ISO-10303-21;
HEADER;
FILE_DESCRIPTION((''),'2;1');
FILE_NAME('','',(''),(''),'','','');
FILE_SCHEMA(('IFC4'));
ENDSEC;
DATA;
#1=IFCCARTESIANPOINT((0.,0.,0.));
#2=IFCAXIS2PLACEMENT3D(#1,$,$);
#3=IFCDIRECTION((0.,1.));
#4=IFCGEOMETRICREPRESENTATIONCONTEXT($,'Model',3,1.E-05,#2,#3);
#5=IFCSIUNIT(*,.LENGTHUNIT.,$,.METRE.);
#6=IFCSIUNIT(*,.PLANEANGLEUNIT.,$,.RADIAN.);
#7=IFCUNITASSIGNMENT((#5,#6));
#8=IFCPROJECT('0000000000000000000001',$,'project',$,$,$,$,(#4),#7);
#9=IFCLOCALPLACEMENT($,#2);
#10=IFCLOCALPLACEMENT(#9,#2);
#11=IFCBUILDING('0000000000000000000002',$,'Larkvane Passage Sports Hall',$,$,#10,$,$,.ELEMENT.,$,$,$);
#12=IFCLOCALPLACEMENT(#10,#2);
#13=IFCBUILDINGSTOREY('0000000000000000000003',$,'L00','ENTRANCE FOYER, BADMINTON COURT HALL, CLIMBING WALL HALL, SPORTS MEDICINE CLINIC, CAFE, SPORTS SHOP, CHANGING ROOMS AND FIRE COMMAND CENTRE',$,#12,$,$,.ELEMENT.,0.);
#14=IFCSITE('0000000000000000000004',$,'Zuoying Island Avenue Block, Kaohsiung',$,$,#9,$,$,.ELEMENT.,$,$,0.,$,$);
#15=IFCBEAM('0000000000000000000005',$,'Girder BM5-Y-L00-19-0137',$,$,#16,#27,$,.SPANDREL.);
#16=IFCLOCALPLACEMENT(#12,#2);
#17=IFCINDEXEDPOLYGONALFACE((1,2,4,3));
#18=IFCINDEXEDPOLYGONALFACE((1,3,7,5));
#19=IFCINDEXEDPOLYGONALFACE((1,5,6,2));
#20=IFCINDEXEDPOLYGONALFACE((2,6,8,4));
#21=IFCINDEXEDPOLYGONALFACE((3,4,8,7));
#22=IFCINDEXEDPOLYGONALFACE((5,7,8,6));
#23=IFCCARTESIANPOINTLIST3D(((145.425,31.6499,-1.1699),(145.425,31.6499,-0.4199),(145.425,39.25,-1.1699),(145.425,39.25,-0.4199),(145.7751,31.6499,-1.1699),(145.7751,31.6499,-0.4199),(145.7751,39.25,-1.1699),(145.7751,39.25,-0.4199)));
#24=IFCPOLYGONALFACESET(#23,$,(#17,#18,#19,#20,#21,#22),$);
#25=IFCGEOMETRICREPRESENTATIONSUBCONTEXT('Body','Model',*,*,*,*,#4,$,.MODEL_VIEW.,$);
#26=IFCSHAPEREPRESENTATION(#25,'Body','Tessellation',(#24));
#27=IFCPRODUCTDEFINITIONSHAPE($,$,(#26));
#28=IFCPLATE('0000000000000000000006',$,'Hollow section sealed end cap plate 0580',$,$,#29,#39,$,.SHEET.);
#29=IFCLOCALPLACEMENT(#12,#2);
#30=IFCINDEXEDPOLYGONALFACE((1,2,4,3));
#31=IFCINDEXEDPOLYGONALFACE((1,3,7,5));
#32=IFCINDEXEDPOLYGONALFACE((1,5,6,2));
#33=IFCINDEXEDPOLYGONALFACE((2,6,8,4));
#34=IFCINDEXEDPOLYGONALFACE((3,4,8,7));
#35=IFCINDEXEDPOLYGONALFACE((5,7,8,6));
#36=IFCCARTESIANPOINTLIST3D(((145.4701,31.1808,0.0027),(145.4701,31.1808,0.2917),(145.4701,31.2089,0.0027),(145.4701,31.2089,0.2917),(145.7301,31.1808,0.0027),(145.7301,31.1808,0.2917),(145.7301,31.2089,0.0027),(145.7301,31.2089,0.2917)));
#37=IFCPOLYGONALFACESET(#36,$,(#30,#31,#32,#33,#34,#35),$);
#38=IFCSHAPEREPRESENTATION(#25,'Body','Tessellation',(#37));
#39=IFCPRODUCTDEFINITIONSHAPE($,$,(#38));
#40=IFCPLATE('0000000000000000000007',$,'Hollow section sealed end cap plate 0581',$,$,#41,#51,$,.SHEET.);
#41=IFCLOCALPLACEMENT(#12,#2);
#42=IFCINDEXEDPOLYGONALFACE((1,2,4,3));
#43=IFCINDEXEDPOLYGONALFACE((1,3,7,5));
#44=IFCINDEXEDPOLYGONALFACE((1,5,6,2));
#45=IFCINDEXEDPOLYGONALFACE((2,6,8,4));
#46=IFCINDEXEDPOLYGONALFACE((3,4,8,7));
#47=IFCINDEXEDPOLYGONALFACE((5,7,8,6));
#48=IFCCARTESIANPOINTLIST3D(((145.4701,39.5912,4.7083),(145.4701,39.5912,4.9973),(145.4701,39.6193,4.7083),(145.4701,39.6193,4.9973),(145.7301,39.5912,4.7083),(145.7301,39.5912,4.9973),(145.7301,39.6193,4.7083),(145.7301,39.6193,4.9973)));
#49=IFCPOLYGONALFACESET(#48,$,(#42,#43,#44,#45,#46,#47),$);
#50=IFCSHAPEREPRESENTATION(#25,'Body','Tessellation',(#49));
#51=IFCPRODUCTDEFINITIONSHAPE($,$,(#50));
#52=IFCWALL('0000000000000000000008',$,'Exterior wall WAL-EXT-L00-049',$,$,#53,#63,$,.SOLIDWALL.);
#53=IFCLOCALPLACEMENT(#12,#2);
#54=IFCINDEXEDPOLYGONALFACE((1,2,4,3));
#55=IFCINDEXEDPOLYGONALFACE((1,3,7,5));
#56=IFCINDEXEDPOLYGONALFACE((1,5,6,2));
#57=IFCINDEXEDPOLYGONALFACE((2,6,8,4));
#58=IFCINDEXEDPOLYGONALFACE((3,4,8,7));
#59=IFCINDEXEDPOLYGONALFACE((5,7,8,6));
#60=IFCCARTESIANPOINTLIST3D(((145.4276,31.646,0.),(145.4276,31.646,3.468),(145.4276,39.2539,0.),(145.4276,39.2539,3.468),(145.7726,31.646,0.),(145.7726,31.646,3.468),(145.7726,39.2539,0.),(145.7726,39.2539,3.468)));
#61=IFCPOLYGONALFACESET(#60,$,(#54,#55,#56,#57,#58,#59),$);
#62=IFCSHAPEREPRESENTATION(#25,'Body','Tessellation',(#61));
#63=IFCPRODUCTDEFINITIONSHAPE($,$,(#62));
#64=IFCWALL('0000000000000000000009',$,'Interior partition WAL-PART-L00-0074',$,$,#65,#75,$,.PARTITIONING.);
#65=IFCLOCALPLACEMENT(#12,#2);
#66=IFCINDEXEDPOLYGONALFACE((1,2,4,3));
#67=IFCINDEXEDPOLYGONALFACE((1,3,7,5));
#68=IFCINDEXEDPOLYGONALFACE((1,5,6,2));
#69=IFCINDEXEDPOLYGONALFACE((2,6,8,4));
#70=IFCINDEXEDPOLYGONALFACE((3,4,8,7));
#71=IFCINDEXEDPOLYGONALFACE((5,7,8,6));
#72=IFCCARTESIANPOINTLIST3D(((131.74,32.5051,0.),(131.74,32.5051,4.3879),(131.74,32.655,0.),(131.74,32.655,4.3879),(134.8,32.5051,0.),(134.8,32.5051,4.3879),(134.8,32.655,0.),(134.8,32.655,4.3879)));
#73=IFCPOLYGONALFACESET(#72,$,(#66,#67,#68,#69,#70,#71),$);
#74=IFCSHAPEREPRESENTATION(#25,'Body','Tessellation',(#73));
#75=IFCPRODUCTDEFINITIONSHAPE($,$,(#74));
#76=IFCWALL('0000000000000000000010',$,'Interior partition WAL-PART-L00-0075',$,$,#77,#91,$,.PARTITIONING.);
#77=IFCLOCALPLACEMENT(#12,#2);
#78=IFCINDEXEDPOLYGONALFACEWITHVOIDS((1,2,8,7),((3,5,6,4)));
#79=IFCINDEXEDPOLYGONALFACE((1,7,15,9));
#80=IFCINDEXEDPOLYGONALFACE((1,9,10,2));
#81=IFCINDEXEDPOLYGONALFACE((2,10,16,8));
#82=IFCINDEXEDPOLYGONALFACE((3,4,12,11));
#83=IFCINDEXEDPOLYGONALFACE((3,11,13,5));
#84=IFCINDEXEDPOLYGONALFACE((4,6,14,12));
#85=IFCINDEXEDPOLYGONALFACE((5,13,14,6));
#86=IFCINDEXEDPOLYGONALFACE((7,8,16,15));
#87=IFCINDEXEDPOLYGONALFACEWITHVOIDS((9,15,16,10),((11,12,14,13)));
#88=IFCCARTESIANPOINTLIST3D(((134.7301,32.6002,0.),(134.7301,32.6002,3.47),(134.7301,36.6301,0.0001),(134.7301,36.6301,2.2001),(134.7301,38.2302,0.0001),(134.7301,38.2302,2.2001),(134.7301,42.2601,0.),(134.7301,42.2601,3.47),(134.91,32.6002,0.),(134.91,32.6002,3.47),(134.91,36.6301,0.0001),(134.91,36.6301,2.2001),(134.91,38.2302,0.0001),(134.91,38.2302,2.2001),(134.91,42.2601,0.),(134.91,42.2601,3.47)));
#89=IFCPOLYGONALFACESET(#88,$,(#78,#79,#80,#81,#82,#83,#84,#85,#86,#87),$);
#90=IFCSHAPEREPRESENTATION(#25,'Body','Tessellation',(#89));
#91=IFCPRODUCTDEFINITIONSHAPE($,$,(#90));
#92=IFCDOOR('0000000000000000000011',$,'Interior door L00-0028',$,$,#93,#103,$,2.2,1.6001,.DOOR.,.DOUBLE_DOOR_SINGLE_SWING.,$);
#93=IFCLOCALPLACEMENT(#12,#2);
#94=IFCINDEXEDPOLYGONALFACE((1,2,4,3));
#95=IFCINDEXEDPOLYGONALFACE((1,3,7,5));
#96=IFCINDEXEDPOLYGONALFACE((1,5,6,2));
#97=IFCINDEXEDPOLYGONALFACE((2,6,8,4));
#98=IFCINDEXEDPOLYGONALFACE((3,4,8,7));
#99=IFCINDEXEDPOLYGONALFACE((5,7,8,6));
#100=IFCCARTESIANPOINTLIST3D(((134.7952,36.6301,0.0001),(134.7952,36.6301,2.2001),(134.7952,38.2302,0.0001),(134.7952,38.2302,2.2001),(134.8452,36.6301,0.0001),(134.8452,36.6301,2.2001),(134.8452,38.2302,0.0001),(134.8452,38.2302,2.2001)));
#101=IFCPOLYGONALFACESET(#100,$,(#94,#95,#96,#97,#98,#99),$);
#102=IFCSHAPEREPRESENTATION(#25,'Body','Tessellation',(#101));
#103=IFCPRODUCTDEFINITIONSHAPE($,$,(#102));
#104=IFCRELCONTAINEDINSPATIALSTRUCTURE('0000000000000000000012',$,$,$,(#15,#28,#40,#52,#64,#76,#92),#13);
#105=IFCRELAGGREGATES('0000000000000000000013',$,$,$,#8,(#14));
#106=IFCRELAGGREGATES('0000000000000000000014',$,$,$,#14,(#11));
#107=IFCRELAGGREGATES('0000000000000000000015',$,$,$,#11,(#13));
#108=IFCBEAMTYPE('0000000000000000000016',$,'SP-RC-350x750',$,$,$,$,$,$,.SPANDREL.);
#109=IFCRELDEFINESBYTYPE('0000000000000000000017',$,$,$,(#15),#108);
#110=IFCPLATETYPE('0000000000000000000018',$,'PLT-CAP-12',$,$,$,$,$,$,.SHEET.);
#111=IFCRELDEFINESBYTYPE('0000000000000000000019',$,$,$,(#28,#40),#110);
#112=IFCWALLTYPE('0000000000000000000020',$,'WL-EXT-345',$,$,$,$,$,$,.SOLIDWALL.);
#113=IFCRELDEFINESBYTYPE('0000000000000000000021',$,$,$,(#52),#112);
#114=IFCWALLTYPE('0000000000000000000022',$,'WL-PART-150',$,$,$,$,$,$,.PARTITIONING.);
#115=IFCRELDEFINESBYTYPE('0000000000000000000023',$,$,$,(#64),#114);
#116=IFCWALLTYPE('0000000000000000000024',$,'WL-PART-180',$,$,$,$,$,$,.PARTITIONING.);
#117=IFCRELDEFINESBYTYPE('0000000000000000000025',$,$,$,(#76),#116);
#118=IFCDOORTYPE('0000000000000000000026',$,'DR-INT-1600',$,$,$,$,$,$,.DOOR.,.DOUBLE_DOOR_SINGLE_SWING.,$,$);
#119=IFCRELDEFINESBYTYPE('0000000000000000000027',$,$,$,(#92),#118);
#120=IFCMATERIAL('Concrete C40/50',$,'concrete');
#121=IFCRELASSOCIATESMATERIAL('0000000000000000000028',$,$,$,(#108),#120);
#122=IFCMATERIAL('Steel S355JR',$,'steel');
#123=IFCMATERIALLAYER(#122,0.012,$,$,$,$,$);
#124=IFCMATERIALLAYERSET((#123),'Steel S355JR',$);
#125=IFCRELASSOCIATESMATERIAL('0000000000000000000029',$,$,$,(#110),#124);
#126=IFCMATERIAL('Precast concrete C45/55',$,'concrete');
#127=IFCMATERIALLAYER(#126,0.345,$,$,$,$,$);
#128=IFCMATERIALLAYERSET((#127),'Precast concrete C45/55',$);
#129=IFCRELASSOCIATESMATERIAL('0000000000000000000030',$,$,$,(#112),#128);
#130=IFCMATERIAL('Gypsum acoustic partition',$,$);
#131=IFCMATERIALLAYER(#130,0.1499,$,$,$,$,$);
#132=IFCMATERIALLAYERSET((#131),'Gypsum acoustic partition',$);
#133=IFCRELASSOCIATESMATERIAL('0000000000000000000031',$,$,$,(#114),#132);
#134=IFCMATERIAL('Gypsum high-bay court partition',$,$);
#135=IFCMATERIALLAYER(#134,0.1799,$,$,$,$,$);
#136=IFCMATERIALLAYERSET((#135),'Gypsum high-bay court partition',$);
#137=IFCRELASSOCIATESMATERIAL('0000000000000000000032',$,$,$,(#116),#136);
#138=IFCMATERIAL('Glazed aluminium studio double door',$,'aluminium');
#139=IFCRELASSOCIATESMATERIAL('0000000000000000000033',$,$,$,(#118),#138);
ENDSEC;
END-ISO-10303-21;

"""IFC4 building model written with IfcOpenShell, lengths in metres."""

from ifc_helpers import new_model, si_unit, direction, frame, frame_2d, origin, origin_2d, place, context, subcontext, project, spatial, rectangle, extrude, material, layer, layer_set, material_profile, profile_set, type_object, element, fill, save


model = new_model("IFC4")

# Units and contexts
model_context = context("Model", 3, precision=1e-05, world=origin(), true_north=direction((0.0, 1.0)))
body_context = subcontext(model_context, "Body", "Model", "MODEL_VIEW")
ifc_project = project(units=[si_unit("LENGTHUNIT", "METRE"), si_unit("PLANEANGLEUNIT", "RADIAN")], contexts=[model_context])

# Site, building, storey
site_placement = place(None, origin())
site = spatial("IfcSite", under=ifc_project, at=site_placement, Name="Zuoying Island Avenue Block, Kaohsiung", CompositionType="ELEMENT", RefElevation=0.0)
building_placement = place(site_placement, origin())
building = spatial("IfcBuilding", under=site, at=building_placement, Name="Larkvane Passage Sports Hall", CompositionType="ELEMENT")
storey_placement = place(building_placement, origin())
storey = spatial("IfcBuildingStorey", under=building, at=storey_placement, Name="L00", Description="ENTRANCE FOYER, BADMINTON COURT HALL, CLIMBING WALL HALL, SPORTS MEDICINE CLINIC, CAFE, SPORTS SHOP, CHANGING ROOMS AND FIRE COMMAND CENTRE", CompositionType="ELEMENT", Elevation=0.0)

# Shared definitions
ifc_material_1 = material(Name="Concrete C40/50", Category="concrete")
ifc_material_2 = material(Name="Steel S355JR", Category="steel")

# Beam
ifc_material_profile_1 = material_profile(ifc_material_1, rectangle(XDim=0.3501, YDim=0.75, at=origin_2d()), Name="RC-SP-350x750")
ifc_profile_set_1 = profile_set([ifc_material_profile_1], Name="Concrete C40/50")
beam_type_1 = type_object("IfcBeamType", Name="SP-RC-350x750", PredefinedType="SPANDREL", material=ifc_profile_set_1)
beam_1_placement = place(storey_placement, frame((145.6001, 31.6499, -0.7949), z_axis=(0.0, 1.0, 0.0), x_axis=(-1.0, 0.0, 0.0)))
element("IfcBeam", 1, at=beam_1_placement, inside=storey, type_object=beam_type_1, Name="Girder BM5-Y-L00-19-0137", PredefinedType="SPANDREL", context=body_context, shape_type="SweptSolid", body=[
    extrude(rectangle(XDim=0.3501, YDim=0.75, at=origin_2d()), origin(), (0.0, 0.0, 1.0), 7.6001),
])

# Plates
ifc_layer_1 = layer(ifc_material_2, 0.012)
ifc_layer_set_1 = layer_set([ifc_layer_1], Name="Steel S355JR")
plate_type = type_object("IfcPlateType", Name="PLT-CAP-12", PredefinedType="SHEET", material=ifc_layer_set_1)
for number, where, z_axis, x_axis, name in (
    (2, (145.6001, 31.1948, 0.0027), (0.0, 0.0, 1.0), (-1.0, 0.0, 0.0), "Hollow section sealed end cap plate 0580"),
    (3, (145.6001, 39.6052, 4.7083), (0.0, 0.0, 1.0), (-1.0, 0.0, 0.0), "Hollow section sealed end cap plate 0581"),
):
    element("IfcPlate", number, at=place(storey_placement, frame(where, z_axis=z_axis, x_axis=x_axis)), inside=storey, type_object=plate_type, Name=name, PredefinedType="SHEET", context=body_context, shape_type="SweptSolid", body=[
        extrude(rectangle(XDim=0.26, YDim=0.0281, at=origin_2d()), origin(), (0.0, 0.0, 1.0), 0.2891),
    ])

# Walls
ifc_material_3 = material(Name="Precast concrete C45/55", Category="concrete")
ifc_layer_2 = layer(ifc_material_3, 0.345)
ifc_layer_set_2 = layer_set([ifc_layer_2], Name="Precast concrete C45/55")
wall_type_1 = type_object("IfcWallType", Name="WL-EXT-345", PredefinedType="SOLIDWALL", material=ifc_layer_set_2)
wall_1_placement = place(storey_placement, frame((145.6001, 39.2539, 0.0), z_axis=(0.0, 0.0, 1.0), x_axis=(0.0, -1.0, 0.0)))
element("IfcWall", 4, at=wall_1_placement, inside=storey, type_object=wall_type_1, Name="Exterior wall WAL-EXT-L00-049", PredefinedType="SOLIDWALL", context=body_context, shape_type="SweptSolid", body=[
    extrude(rectangle(XDim=7.6079, YDim=0.345, at=frame_2d((3.804, 0.0))), origin(), (0.0, 0.0, 1.0), 3.468),
])
ifc_material_4 = material(Name="Gypsum acoustic partition")
ifc_layer_3 = layer(ifc_material_4, 0.1499)
ifc_layer_set_3 = layer_set([ifc_layer_3], Name="Gypsum acoustic partition")
wall_type_2 = type_object("IfcWallType", Name="WL-PART-150", PredefinedType="PARTITIONING", material=ifc_layer_set_3)
wall_2_placement = place(storey_placement, frame((131.74, 32.5801, 0.0), z_axis=(0.0, 0.0, 1.0), x_axis=(1.0, 0.0, 0.0)))
element("IfcWall", 5, at=wall_2_placement, inside=storey, type_object=wall_type_2, Name="Interior partition WAL-PART-L00-0074", PredefinedType="PARTITIONING", context=body_context, shape_type="SweptSolid", body=[
    extrude(rectangle(XDim=3.0601, YDim=0.1499, at=frame_2d((1.53, 0.0))), origin(), (0.0, 0.0, 1.0), 4.3879),
])

# Wall, opening, door
ifc_material_5 = material(Name="Gypsum high-bay court partition")
ifc_layer_4 = layer(ifc_material_5, 0.1799)
ifc_layer_set_4 = layer_set([ifc_layer_4], Name="Gypsum high-bay court partition")
wall_type_3 = type_object("IfcWallType", Name="WL-PART-180", PredefinedType="PARTITIONING", material=ifc_layer_set_4)
wall_3_placement = place(storey_placement, frame((134.8201, 32.6001, 0.0), z_axis=(0.0, 0.0, 1.0), x_axis=(0.0, 1.0, 0.0)))
wall_3 = element("IfcWall", 6, at=wall_3_placement, inside=storey, type_object=wall_type_3, Name="Interior partition WAL-PART-L00-0075", PredefinedType="PARTITIONING", context=body_context, shape_type="SweptSolid", body=[
    extrude(rectangle(XDim=9.6599, YDim=0.1799, at=frame_2d((4.8301, 0.0))), origin(), (0.0, 0.0, 1.0), 3.47),
])
opening_placement = place(wall_3_placement, frame((4.03, 0.0, 0.0)))
opening = element("IfcOpeningElement", 7, at=opening_placement, cuts=wall_3, PredefinedType="OPENING", context=body_context, shape_type="SweptSolid", body=[
    extrude(rectangle(XDim=1.6001, YDim=2.2, at=frame_2d((0.8, 1.1001))), frame((0.0, 0.0999, 0.0), z_axis=(0.0, -1.0, 0.0), x_axis=(1.0, 0.0, 0.0)), (0.0, 0.0, 1.0), 0.2),
])
ifc_material_6 = material(Name="Glazed aluminium studio double door", Category="aluminium")
door_type = type_object("IfcDoorType", Name="DR-INT-1600", OperationType="DOUBLE_DOOR_SINGLE_SWING", PredefinedType="DOOR", material=ifc_material_6)
door_placement = place(opening_placement, origin())
door = element("IfcDoor", 8, at=door_placement, inside=storey, type_object=door_type, Name="Interior door L00-0028", OperationType="DOUBLE_DOOR_SINGLE_SWING", OverallHeight=2.2, OverallWidth=1.6001, PredefinedType="DOOR", context=body_context, shape_type="SweptSolid", body=[
    extrude(rectangle(XDim=1.6001, YDim=2.2, at=frame_2d((0.8, 1.1001))), frame((0.0, 0.0249, 0.0), z_axis=(0.0, -1.0, 0.0), x_axis=(1.0, 0.0, 0.0)), (0.0, 0.0, 1.0), 0.05),
])
fill(opening, door)

save(model, "model.ifc")
